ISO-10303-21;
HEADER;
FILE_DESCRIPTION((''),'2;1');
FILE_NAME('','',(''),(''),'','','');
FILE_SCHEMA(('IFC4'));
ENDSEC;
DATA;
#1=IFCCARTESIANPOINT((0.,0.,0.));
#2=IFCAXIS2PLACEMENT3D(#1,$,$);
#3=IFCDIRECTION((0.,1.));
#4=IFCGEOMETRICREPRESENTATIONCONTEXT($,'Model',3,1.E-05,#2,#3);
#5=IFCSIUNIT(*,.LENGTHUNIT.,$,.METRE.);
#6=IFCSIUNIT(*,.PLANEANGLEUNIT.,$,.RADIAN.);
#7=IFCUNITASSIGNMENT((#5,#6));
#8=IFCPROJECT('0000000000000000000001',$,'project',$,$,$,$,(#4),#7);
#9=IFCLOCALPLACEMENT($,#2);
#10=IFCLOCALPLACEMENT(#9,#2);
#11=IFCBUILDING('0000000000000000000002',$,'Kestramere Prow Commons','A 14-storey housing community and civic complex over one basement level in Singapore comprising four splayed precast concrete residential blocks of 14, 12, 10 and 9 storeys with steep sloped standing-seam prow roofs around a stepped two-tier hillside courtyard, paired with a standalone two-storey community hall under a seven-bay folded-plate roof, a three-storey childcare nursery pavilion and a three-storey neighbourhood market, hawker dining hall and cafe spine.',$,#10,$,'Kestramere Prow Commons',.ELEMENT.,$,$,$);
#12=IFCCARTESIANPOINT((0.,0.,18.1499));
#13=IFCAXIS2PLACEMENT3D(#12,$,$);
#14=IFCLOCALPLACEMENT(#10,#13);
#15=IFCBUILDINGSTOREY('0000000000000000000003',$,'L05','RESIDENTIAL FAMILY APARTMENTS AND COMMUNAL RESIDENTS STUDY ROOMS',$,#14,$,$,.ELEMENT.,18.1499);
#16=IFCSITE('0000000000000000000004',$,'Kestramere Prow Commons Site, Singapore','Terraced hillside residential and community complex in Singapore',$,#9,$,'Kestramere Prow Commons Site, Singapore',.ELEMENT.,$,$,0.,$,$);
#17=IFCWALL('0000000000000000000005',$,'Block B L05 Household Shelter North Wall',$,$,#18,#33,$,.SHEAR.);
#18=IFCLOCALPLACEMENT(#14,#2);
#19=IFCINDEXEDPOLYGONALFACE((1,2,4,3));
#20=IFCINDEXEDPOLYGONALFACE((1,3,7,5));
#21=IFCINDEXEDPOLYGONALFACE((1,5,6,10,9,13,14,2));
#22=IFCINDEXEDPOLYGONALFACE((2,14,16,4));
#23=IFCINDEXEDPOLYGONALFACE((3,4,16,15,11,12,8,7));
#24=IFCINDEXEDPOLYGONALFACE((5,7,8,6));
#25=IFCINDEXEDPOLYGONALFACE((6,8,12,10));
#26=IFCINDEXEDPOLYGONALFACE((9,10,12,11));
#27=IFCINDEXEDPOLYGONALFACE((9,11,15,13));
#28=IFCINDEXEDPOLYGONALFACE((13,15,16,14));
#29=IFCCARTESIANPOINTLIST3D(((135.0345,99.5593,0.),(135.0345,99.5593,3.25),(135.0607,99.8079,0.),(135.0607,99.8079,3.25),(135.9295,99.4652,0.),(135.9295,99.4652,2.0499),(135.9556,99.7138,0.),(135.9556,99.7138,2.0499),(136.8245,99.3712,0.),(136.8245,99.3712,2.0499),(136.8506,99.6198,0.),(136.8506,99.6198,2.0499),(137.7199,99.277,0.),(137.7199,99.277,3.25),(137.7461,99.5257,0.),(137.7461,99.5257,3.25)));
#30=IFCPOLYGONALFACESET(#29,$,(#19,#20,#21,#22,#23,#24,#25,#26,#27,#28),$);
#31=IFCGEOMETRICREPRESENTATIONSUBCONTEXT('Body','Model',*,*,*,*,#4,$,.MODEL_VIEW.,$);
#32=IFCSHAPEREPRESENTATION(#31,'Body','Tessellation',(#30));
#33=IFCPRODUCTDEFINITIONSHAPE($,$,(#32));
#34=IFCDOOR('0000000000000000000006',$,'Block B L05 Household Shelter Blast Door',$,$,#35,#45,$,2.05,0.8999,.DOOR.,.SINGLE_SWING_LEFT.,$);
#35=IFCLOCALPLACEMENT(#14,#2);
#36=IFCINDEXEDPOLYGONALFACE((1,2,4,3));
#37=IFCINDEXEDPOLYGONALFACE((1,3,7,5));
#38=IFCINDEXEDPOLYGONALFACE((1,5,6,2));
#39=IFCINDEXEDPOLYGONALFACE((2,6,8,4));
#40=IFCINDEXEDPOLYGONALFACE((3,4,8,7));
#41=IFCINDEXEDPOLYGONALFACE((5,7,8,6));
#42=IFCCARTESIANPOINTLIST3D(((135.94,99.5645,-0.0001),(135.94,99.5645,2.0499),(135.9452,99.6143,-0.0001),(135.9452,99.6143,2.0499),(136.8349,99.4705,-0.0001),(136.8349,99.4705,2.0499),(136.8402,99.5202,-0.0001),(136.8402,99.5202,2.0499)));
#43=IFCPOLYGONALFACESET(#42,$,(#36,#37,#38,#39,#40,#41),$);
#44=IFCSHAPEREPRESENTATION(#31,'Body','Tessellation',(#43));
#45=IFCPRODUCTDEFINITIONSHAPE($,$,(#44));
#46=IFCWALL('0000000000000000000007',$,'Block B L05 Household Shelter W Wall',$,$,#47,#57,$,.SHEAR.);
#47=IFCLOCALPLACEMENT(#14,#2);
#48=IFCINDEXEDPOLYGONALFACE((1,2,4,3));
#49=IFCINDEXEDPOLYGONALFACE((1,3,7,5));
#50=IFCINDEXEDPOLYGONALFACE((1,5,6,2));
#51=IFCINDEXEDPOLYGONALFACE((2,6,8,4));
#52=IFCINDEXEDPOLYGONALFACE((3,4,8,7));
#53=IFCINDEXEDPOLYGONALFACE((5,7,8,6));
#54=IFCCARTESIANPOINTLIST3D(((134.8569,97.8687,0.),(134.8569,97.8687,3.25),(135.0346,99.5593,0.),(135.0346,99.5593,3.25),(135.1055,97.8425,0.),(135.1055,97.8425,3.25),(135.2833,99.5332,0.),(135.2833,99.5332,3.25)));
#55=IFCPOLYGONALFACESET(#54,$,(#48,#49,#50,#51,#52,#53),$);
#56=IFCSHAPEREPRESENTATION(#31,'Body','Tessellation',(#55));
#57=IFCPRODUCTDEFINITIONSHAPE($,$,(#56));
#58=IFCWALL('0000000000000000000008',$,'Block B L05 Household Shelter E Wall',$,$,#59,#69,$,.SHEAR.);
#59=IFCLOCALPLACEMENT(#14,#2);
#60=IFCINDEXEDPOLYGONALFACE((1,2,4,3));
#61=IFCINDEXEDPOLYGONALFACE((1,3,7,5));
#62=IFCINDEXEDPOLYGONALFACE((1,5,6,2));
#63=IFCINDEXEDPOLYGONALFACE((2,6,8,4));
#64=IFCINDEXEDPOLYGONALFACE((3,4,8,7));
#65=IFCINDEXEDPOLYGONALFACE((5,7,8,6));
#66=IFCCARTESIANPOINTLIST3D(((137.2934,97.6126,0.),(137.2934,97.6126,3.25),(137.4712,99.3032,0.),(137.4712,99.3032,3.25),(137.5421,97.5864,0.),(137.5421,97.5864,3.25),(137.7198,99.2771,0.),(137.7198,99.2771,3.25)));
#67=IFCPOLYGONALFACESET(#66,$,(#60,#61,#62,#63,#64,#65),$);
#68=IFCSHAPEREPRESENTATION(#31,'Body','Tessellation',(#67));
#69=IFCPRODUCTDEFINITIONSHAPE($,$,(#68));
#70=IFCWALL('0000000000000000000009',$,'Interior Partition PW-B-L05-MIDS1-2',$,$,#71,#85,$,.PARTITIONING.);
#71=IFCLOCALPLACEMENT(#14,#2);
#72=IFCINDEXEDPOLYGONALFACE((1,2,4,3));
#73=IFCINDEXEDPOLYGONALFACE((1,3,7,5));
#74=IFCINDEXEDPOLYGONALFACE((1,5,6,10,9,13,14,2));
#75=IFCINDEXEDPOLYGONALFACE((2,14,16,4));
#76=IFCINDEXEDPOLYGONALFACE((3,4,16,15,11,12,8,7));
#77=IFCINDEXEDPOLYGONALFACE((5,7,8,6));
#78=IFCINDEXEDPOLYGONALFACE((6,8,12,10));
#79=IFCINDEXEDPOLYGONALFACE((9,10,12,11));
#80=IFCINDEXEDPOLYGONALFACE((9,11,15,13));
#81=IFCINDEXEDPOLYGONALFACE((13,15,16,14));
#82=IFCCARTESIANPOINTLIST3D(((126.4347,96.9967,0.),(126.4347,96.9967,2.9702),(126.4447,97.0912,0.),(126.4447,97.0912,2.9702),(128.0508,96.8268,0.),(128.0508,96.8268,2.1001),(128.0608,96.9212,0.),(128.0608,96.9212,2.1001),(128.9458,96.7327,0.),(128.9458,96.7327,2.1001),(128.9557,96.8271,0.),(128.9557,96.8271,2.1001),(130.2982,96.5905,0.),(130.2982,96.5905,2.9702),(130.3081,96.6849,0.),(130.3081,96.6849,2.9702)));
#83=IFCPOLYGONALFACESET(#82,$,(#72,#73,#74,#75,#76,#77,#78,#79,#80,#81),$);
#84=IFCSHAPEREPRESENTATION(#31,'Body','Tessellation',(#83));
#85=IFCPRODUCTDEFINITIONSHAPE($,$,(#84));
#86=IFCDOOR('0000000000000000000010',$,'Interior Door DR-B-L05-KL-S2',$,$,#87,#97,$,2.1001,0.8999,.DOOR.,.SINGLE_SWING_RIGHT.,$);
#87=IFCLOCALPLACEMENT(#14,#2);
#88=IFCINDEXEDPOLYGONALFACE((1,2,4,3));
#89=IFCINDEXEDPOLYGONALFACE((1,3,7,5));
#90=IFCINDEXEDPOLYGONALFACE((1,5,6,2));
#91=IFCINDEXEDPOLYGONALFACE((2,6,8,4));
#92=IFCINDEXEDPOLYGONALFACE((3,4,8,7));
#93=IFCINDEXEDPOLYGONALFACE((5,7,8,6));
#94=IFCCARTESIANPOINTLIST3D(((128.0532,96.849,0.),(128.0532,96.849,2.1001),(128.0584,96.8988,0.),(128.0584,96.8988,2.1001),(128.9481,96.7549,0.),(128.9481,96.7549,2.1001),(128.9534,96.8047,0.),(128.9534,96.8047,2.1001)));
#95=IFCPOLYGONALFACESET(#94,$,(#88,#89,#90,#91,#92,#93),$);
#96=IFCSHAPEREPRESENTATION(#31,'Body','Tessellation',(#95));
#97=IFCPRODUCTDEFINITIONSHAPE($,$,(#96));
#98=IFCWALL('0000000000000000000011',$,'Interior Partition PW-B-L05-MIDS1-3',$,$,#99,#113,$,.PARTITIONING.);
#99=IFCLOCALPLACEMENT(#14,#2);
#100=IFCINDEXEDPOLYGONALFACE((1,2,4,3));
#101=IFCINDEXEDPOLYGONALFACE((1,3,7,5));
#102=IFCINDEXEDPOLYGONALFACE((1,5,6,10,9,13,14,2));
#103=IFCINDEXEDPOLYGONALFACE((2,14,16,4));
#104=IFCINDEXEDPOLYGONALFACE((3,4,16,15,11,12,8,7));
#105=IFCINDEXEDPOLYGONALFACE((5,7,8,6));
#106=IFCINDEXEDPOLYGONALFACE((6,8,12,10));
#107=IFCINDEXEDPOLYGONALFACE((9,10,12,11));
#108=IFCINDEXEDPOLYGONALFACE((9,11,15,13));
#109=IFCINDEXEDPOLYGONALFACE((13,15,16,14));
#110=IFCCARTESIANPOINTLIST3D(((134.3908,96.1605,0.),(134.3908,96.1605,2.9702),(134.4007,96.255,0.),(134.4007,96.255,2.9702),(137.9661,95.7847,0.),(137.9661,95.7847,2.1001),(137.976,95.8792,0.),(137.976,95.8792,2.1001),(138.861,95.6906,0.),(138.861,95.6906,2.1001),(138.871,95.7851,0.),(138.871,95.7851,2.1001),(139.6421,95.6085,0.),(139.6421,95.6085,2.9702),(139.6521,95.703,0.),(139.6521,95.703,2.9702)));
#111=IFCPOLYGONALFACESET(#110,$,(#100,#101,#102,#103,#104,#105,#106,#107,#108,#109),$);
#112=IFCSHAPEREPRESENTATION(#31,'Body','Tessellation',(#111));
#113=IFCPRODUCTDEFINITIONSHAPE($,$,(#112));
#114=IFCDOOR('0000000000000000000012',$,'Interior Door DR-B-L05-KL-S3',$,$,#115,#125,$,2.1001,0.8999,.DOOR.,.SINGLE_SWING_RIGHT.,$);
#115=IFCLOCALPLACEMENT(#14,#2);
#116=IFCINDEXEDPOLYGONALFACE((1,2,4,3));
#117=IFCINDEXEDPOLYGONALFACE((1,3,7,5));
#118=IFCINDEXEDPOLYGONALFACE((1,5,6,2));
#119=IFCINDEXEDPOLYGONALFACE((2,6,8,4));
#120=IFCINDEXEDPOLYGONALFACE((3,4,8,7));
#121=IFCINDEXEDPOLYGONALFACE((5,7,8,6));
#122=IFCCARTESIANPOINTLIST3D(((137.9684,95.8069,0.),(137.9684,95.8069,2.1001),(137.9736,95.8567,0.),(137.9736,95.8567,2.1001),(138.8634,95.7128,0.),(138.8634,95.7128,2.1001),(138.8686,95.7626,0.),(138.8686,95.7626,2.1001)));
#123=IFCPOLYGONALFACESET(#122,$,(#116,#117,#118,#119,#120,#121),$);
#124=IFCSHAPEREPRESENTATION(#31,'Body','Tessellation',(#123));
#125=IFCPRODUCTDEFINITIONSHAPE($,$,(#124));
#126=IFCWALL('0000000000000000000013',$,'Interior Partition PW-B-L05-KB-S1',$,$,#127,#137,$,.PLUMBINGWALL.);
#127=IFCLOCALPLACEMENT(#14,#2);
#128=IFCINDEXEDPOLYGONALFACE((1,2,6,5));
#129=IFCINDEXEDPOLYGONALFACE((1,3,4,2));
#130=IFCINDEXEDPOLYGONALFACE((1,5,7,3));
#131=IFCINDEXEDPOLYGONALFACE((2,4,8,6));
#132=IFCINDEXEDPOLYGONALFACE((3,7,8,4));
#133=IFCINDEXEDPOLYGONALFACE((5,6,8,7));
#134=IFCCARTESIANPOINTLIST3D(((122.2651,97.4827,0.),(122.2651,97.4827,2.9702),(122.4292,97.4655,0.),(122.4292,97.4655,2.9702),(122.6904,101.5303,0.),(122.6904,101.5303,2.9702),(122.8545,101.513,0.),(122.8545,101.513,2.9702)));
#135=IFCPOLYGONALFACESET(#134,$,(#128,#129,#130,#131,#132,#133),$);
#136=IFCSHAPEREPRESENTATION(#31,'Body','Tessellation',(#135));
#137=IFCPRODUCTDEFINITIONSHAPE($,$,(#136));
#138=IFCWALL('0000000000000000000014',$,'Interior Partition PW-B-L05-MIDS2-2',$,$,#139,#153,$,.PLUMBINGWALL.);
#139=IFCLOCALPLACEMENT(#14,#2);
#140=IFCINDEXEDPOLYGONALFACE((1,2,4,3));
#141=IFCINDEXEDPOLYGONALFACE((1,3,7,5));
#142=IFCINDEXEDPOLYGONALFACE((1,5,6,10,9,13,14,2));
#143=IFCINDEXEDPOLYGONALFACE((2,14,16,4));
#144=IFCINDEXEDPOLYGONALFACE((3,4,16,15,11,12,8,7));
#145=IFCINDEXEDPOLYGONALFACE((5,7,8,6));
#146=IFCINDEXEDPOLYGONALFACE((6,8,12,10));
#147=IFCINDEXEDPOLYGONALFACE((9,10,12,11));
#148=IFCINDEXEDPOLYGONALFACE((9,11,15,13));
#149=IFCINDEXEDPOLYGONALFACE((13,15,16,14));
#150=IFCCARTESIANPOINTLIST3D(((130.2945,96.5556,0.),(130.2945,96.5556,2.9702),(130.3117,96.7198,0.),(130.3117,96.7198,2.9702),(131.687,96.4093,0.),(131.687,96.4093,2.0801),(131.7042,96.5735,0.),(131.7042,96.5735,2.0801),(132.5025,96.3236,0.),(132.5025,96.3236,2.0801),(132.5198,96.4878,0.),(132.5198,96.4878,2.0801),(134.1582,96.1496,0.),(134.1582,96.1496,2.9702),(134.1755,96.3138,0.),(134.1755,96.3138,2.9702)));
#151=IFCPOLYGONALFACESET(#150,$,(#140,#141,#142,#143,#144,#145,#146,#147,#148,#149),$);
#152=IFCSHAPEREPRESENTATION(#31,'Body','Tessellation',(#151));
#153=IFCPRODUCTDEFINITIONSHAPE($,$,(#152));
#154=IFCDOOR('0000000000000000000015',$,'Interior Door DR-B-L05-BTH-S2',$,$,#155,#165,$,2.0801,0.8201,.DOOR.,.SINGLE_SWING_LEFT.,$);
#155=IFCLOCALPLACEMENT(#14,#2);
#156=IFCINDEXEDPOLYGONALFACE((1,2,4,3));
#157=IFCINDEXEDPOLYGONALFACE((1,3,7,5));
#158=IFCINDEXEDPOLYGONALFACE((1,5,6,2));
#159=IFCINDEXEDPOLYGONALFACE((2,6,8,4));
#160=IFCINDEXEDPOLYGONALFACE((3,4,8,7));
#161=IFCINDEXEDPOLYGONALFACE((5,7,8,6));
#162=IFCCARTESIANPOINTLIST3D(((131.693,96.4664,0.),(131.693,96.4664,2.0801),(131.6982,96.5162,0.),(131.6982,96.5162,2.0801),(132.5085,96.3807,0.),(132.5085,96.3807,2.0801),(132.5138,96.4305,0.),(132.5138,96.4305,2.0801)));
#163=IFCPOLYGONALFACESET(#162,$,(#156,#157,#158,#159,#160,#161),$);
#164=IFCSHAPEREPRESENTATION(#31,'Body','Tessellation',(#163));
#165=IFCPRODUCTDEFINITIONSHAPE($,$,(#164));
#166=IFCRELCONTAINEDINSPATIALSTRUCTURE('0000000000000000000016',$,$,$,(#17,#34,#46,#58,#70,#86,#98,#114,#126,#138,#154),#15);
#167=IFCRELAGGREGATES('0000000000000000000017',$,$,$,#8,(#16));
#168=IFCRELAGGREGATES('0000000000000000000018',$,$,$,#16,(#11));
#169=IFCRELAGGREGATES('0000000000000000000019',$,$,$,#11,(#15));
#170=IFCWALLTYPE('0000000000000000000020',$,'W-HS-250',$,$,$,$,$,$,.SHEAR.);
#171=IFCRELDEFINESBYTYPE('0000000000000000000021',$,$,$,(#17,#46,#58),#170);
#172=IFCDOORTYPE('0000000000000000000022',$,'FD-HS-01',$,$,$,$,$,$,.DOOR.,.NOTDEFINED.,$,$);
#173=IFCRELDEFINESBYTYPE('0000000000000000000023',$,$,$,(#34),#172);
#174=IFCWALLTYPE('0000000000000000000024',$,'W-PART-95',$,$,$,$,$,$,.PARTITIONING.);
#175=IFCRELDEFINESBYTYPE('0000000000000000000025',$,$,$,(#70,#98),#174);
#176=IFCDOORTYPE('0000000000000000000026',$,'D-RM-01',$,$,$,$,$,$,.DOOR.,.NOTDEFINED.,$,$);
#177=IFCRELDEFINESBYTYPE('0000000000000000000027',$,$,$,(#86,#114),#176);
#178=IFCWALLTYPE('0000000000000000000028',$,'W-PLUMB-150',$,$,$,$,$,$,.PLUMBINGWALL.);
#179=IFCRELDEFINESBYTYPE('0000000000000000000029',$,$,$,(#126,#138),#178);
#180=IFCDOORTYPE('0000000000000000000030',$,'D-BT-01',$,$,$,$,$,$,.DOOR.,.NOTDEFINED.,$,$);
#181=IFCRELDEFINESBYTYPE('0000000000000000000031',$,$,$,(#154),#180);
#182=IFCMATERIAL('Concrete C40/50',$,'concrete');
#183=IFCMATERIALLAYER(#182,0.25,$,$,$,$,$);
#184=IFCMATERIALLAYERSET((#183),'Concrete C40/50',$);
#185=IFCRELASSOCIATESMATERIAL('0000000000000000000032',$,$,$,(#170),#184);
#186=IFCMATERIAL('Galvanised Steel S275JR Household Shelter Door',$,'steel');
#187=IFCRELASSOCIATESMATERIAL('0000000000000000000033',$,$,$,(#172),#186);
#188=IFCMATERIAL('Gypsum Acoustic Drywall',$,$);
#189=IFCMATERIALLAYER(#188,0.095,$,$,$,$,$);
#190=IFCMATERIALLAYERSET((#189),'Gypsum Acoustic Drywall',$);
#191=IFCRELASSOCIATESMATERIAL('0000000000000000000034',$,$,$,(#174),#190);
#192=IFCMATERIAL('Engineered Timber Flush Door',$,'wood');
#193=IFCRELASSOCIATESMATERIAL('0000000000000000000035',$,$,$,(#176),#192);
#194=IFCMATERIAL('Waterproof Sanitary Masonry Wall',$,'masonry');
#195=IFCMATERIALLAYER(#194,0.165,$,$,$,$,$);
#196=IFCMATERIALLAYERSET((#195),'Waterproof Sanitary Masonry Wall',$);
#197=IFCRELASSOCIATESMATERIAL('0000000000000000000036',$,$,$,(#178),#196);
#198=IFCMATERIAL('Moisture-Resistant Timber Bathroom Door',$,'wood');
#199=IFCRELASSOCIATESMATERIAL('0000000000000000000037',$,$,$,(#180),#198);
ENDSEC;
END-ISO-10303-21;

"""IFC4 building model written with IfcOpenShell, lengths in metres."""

from ifc_helpers import new_model, si_unit, direction, frame, frame_2d, origin, place, context, subcontext, project, spatial, rectangle, extrude, material, layer, layer_set, type_object, element, fill, save


model = new_model("IFC4")

# Units and contexts
model_context = context("Model", 3, precision=1e-05, world=origin(), true_north=direction((0.0, 1.0)))
body_context = subcontext(model_context, "Body", "Model", "MODEL_VIEW")
ifc_project = project(units=[si_unit("LENGTHUNIT", "METRE"), si_unit("PLANEANGLEUNIT", "RADIAN")], contexts=[model_context])

# Site, building, storey
site_placement = place(None, origin())
site = spatial("IfcSite", under=ifc_project, at=site_placement, Name="Kestramere Prow Commons Site, Singapore", Description="Terraced hillside residential and community complex in Singapore", LongName="Kestramere Prow Commons Site, Singapore", CompositionType="ELEMENT", RefElevation=0.0)
building_placement = place(site_placement, origin())
building = spatial("IfcBuilding", under=site, at=building_placement, Name="Kestramere Prow Commons", Description="A 14-storey housing community and civic complex over one basement level in Singapore comprising four splayed precast concrete residential blocks of 14, 12, 10 and 9 storeys with steep sloped standing-seam prow roofs around a stepped two-tier hillside courtyard, paired with a standalone two-storey community hall under a seven-bay folded-plate roof, a three-storey childcare nursery pavilion and a three-storey neighbourhood market, hawker dining hall and cafe spine.", LongName="Kestramere Prow Commons", CompositionType="ELEMENT")
storey_placement = place(building_placement, frame((0.0, 0.0, 18.1499)))
storey = spatial("IfcBuildingStorey", under=building, at=storey_placement, Name="L05", Description="RESIDENTIAL FAMILY APARTMENTS AND COMMUNAL RESIDENTS STUDY ROOMS", CompositionType="ELEMENT", Elevation=18.1499)

# Shared definitions
ifc_material_1 = material(Name="Concrete C40/50", Category="concrete")
ifc_layer_1 = layer(ifc_material_1, 0.25)
ifc_layer_set_1 = layer_set([ifc_layer_1], Name="Concrete C40/50")
wall_type_1 = type_object("IfcWallType", Name="W-HS-250", PredefinedType="SHEAR", material=ifc_layer_set_1)

# Wall, opening, door
wall_1_placement = place(storey_placement, frame((135.0476, 99.6836, 0.0), z_axis=(0.0, 0.0, 1.0), x_axis=(0.994522, -0.104525, 0.0)))
wall_1 = element("IfcWall", 1, at=wall_1_placement, inside=storey, type_object=wall_type_1, Name="Block B L05 Household Shelter North Wall", PredefinedType="SHEAR", context=body_context, shape_type="SweptSolid", body=[
    extrude(rectangle(XDim=2.7002, YDim=0.25, at=frame_2d((1.3501, 0.0))), origin(), (0.0, 0.0, 1.0), 3.25),
])
opening_1_placement = place(wall_1_placement, frame((0.8999, 0.0, 0.0)))
opening_1 = element("IfcOpeningElement", 2, at=opening_1_placement, cuts=wall_1, PredefinedType="OPENING", context=body_context, shape_type="SweptSolid", body=[
    extrude(rectangle(XDim=0.8999, YDim=2.05, at=frame_2d((0.45, 1.0249))), frame((0.0, 0.1399, 0.0), z_axis=(0.0, -1.0, 0.0), x_axis=(1.0, 0.0, 0.0)), (0.0, 0.0, 1.0), 0.28),
])
ifc_material_2 = material(Name="Galvanised Steel S275JR Household Shelter Door", Category="steel")
door_type_1 = type_object("IfcDoorType", Name="FD-HS-01", OperationType="NOTDEFINED", PredefinedType="DOOR", material=ifc_material_2)
door_1_placement = place(opening_1_placement, origin())
door_1 = element("IfcDoor", 3, at=door_1_placement, inside=storey, type_object=door_type_1, Name="Block B L05 Household Shelter Blast Door", OperationType="SINGLE_SWING_LEFT", OverallHeight=2.05, OverallWidth=0.8999, PredefinedType="DOOR", context=body_context, shape_type="SweptSolid", body=[
    extrude(rectangle(XDim=0.8999, YDim=2.05, at=frame_2d((0.45, 1.0249))), frame((0.0, 0.0249, 0.0), z_axis=(0.0, -1.0, 0.0), x_axis=(1.0, 0.0, 0.0)), (0.0, 0.0, 1.0), 0.05),
])
fill(opening_1, door_1)

# Walls
for number, where, z_axis, x_axis, name in (
    (4, (134.9812, 97.8555, 0.0), (0.0, 0.0, 1.0), (0.10455, 0.99452, 0.0), "Block B L05 Household Shelter W Wall"),
    (5, (137.4177, 97.5994, 0.0), (0.0, 0.0, 1.0), (0.10455, 0.99452, 0.0), "Block B L05 Household Shelter E Wall"),
):
    element("IfcWall", number, at=place(storey_placement, frame(where, z_axis=z_axis, x_axis=x_axis)), inside=storey, type_object=wall_type_1, Name=name, PredefinedType="SHEAR", context=body_context, shape_type="SweptSolid", body=[
        extrude(rectangle(XDim=1.7, YDim=0.25, at=frame_2d((0.8501, 0.0))), origin(), (0.0, 0.0, 1.0), 3.25),
    ])

# Walls, openings, doors
ifc_material_3 = material(Name="Gypsum Acoustic Drywall")
ifc_layer_2 = layer(ifc_material_3, 0.095)
ifc_layer_set_2 = layer_set([ifc_layer_2], Name="Gypsum Acoustic Drywall")
wall_type_2 = type_object("IfcWallType", Name="W-PART-95", PredefinedType="PARTITIONING", material=ifc_layer_set_2)
wall_2_placement = place(storey_placement, frame((126.4397, 97.0439, 0.0), z_axis=(0.0, 0.0, 1.0), x_axis=(0.994517, -0.104574, 0.0)))
wall_2 = element("IfcWall", 6, at=wall_2_placement, inside=storey, type_object=wall_type_2, Name="Interior Partition PW-B-L05-MIDS1-2", PredefinedType="PARTITIONING", context=body_context, shape_type="SweptSolid", body=[
    extrude(rectangle(XDim=3.8848, YDim=0.095, at=frame_2d((1.9424, 0.0))), origin(), (0.0, 0.0, 1.0), 2.9702),
])
opening_2_placement = place(wall_2_placement, frame((1.625, 0.0, 0.0)))
opening_2 = element("IfcOpeningElement", 7, at=opening_2_placement, cuts=wall_2, PredefinedType="OPENING", context=body_context, shape_type="SweptSolid", body=[
    extrude(rectangle(XDim=0.8999, YDim=2.1001, at=frame_2d((0.45, 1.05))), frame((0.0, 0.0625, 0.0), z_axis=(0.0, -1.0, 0.0), x_axis=(1.0, 0.0, 0.0)), (0.0, 0.0, 1.0), 0.125),
])
ifc_material_4 = material(Name="Engineered Timber Flush Door", Category="wood")
door_type_2 = type_object("IfcDoorType", Name="D-RM-01", OperationType="NOTDEFINED", PredefinedType="DOOR", material=ifc_material_4)
door_2_placement = place(opening_2_placement, origin())
door_2 = element("IfcDoor", 8, at=door_2_placement, inside=storey, type_object=door_type_2, Name="Interior Door DR-B-L05-KL-S2", OperationType="SINGLE_SWING_RIGHT", OverallHeight=2.1001, OverallWidth=0.8999, PredefinedType="DOOR", context=body_context, shape_type="SweptSolid", body=[
    extrude(rectangle(XDim=0.8999, YDim=2.1001, at=frame_2d((0.45, 1.05))), frame((0.0, 0.0249, 0.0), z_axis=(0.0, -1.0, 0.0), x_axis=(1.0, 0.0, 0.0)), (0.0, 0.0, 1.0), 0.05),
])
fill(opening_2, door_2)
wall_3_placement = place(storey_placement, frame((134.3958, 96.2078, 0.0), z_axis=(0.0, 0.0, 1.0), x_axis=(0.99452, -0.104543, 0.0)))
wall_3 = element("IfcWall", 9, at=wall_3_placement, inside=storey, type_object=wall_type_2, Name="Interior Partition PW-B-L05-MIDS1-3", PredefinedType="PARTITIONING", context=body_context, shape_type="SweptSolid", body=[
    extrude(rectangle(XDim=5.2803, YDim=0.095, at=frame_2d((2.6401, 0.0))), origin(), (0.0, 0.0, 1.0), 2.9702),
])
opening_3_placement = place(wall_3_placement, frame((3.595, 0.0, 0.0)))
opening_3 = element("IfcOpeningElement", 10, at=opening_3_placement, cuts=wall_3, PredefinedType="OPENING", context=body_context, shape_type="SweptSolid", body=[
    extrude(rectangle(XDim=0.8999, YDim=2.1001, at=frame_2d((0.45, 1.05))), frame((0.0, 0.0625, 0.0), z_axis=(0.0, -1.0, 0.0), x_axis=(1.0, 0.0, 0.0)), (0.0, 0.0, 1.0), 0.125),
])
door_3_placement = place(opening_3_placement, origin())
door_3 = element("IfcDoor", 11, at=door_3_placement, inside=storey, type_object=door_type_2, Name="Interior Door DR-B-L05-KL-S3", OperationType="SINGLE_SWING_RIGHT", OverallHeight=2.1001, OverallWidth=0.8999, PredefinedType="DOOR", context=body_context, shape_type="SweptSolid", body=[
    extrude(rectangle(XDim=0.8999, YDim=2.1001, at=frame_2d((0.45, 1.05))), frame((0.0, 0.0249, 0.0), z_axis=(0.0, -1.0, 0.0), x_axis=(1.0, 0.0, 0.0)), (0.0, 0.0, 1.0), 0.05),
])
fill(opening_3, door_3)

# Wall
ifc_material_5 = material(Name="Waterproof Sanitary Masonry Wall", Category="masonry")
ifc_layer_3 = layer(ifc_material_5, 0.165)
ifc_layer_set_3 = layer_set([ifc_layer_3], Name="Waterproof Sanitary Masonry Wall")
wall_type_3 = type_object("IfcWallType", Name="W-PLUMB-150", PredefinedType="PLUMBINGWALL", material=ifc_layer_set_3)
wall_4_placement = place(storey_placement, frame((122.3472, 97.4741, 0.0), z_axis=(0.0, 0.0, 1.0), x_axis=(0.104497, 0.994525, 0.0)))
element("IfcWall", 12, at=wall_4_placement, inside=storey, type_object=wall_type_3, Name="Interior Partition PW-B-L05-KB-S1", PredefinedType="PLUMBINGWALL", context=body_context, shape_type="SweptSolid", body=[
    extrude(rectangle(XDim=4.0698, YDim=0.165, at=frame_2d((2.0349, 0.0))), origin(), (0.0, 0.0, 1.0), 2.9702),
])

# Wall, opening, door
wall_5_placement = place(storey_placement, frame((130.3032, 96.6377, 0.0), z_axis=(0.0, 0.0, 1.0), x_axis=(0.994524, -0.104505, 0.0)))
wall_5 = element("IfcWall", 13, at=wall_5_placement, inside=storey, type_object=wall_type_3, Name="Interior Partition PW-B-L05-MIDS2-2", PredefinedType="PLUMBINGWALL", context=body_context, shape_type="SweptSolid", body=[
    extrude(rectangle(XDim=3.885, YDim=0.165, at=frame_2d((1.9424, 0.0))), origin(), (0.0, 0.0, 1.0), 2.9702),
])
opening_4_placement = place(wall_5_placement, frame((1.3999, 0.0, 0.0)))
opening_4 = element("IfcOpeningElement", 14, at=opening_4_placement, cuts=wall_5, PredefinedType="OPENING", context=body_context, shape_type="SweptSolid", body=[
    extrude(rectangle(XDim=0.8201, YDim=2.0801, at=frame_2d((0.4102, 1.04))), frame((0.0, 0.0974, 0.0), z_axis=(0.0, -1.0, 0.0), x_axis=(1.0, 0.0, 0.0)), (0.0, 0.0, 1.0), 0.1951),
])
ifc_material_6 = material(Name="Moisture-Resistant Timber Bathroom Door", Category="wood")
door_type_3 = type_object("IfcDoorType", Name="D-BT-01", OperationType="NOTDEFINED", PredefinedType="DOOR", material=ifc_material_6)
door_4_placement = place(opening_4_placement, origin())
door_4 = element("IfcDoor", 15, at=door_4_placement, inside=storey, type_object=door_type_3, Name="Interior Door DR-B-L05-BTH-S2", OperationType="SINGLE_SWING_LEFT", OverallHeight=2.0801, OverallWidth=0.8201, PredefinedType="DOOR", context=body_context, shape_type="SweptSolid", body=[
    extrude(rectangle(XDim=0.8201, YDim=2.0801, at=frame_2d((0.4102, 1.04))), frame((0.0, 0.0249, 0.0), z_axis=(0.0, -1.0, 0.0), x_axis=(1.0, 0.0, 0.0)), (0.0, 0.0, 1.0), 0.05),
])
fill(opening_4, door_4)

save(model, "model.ifc")
